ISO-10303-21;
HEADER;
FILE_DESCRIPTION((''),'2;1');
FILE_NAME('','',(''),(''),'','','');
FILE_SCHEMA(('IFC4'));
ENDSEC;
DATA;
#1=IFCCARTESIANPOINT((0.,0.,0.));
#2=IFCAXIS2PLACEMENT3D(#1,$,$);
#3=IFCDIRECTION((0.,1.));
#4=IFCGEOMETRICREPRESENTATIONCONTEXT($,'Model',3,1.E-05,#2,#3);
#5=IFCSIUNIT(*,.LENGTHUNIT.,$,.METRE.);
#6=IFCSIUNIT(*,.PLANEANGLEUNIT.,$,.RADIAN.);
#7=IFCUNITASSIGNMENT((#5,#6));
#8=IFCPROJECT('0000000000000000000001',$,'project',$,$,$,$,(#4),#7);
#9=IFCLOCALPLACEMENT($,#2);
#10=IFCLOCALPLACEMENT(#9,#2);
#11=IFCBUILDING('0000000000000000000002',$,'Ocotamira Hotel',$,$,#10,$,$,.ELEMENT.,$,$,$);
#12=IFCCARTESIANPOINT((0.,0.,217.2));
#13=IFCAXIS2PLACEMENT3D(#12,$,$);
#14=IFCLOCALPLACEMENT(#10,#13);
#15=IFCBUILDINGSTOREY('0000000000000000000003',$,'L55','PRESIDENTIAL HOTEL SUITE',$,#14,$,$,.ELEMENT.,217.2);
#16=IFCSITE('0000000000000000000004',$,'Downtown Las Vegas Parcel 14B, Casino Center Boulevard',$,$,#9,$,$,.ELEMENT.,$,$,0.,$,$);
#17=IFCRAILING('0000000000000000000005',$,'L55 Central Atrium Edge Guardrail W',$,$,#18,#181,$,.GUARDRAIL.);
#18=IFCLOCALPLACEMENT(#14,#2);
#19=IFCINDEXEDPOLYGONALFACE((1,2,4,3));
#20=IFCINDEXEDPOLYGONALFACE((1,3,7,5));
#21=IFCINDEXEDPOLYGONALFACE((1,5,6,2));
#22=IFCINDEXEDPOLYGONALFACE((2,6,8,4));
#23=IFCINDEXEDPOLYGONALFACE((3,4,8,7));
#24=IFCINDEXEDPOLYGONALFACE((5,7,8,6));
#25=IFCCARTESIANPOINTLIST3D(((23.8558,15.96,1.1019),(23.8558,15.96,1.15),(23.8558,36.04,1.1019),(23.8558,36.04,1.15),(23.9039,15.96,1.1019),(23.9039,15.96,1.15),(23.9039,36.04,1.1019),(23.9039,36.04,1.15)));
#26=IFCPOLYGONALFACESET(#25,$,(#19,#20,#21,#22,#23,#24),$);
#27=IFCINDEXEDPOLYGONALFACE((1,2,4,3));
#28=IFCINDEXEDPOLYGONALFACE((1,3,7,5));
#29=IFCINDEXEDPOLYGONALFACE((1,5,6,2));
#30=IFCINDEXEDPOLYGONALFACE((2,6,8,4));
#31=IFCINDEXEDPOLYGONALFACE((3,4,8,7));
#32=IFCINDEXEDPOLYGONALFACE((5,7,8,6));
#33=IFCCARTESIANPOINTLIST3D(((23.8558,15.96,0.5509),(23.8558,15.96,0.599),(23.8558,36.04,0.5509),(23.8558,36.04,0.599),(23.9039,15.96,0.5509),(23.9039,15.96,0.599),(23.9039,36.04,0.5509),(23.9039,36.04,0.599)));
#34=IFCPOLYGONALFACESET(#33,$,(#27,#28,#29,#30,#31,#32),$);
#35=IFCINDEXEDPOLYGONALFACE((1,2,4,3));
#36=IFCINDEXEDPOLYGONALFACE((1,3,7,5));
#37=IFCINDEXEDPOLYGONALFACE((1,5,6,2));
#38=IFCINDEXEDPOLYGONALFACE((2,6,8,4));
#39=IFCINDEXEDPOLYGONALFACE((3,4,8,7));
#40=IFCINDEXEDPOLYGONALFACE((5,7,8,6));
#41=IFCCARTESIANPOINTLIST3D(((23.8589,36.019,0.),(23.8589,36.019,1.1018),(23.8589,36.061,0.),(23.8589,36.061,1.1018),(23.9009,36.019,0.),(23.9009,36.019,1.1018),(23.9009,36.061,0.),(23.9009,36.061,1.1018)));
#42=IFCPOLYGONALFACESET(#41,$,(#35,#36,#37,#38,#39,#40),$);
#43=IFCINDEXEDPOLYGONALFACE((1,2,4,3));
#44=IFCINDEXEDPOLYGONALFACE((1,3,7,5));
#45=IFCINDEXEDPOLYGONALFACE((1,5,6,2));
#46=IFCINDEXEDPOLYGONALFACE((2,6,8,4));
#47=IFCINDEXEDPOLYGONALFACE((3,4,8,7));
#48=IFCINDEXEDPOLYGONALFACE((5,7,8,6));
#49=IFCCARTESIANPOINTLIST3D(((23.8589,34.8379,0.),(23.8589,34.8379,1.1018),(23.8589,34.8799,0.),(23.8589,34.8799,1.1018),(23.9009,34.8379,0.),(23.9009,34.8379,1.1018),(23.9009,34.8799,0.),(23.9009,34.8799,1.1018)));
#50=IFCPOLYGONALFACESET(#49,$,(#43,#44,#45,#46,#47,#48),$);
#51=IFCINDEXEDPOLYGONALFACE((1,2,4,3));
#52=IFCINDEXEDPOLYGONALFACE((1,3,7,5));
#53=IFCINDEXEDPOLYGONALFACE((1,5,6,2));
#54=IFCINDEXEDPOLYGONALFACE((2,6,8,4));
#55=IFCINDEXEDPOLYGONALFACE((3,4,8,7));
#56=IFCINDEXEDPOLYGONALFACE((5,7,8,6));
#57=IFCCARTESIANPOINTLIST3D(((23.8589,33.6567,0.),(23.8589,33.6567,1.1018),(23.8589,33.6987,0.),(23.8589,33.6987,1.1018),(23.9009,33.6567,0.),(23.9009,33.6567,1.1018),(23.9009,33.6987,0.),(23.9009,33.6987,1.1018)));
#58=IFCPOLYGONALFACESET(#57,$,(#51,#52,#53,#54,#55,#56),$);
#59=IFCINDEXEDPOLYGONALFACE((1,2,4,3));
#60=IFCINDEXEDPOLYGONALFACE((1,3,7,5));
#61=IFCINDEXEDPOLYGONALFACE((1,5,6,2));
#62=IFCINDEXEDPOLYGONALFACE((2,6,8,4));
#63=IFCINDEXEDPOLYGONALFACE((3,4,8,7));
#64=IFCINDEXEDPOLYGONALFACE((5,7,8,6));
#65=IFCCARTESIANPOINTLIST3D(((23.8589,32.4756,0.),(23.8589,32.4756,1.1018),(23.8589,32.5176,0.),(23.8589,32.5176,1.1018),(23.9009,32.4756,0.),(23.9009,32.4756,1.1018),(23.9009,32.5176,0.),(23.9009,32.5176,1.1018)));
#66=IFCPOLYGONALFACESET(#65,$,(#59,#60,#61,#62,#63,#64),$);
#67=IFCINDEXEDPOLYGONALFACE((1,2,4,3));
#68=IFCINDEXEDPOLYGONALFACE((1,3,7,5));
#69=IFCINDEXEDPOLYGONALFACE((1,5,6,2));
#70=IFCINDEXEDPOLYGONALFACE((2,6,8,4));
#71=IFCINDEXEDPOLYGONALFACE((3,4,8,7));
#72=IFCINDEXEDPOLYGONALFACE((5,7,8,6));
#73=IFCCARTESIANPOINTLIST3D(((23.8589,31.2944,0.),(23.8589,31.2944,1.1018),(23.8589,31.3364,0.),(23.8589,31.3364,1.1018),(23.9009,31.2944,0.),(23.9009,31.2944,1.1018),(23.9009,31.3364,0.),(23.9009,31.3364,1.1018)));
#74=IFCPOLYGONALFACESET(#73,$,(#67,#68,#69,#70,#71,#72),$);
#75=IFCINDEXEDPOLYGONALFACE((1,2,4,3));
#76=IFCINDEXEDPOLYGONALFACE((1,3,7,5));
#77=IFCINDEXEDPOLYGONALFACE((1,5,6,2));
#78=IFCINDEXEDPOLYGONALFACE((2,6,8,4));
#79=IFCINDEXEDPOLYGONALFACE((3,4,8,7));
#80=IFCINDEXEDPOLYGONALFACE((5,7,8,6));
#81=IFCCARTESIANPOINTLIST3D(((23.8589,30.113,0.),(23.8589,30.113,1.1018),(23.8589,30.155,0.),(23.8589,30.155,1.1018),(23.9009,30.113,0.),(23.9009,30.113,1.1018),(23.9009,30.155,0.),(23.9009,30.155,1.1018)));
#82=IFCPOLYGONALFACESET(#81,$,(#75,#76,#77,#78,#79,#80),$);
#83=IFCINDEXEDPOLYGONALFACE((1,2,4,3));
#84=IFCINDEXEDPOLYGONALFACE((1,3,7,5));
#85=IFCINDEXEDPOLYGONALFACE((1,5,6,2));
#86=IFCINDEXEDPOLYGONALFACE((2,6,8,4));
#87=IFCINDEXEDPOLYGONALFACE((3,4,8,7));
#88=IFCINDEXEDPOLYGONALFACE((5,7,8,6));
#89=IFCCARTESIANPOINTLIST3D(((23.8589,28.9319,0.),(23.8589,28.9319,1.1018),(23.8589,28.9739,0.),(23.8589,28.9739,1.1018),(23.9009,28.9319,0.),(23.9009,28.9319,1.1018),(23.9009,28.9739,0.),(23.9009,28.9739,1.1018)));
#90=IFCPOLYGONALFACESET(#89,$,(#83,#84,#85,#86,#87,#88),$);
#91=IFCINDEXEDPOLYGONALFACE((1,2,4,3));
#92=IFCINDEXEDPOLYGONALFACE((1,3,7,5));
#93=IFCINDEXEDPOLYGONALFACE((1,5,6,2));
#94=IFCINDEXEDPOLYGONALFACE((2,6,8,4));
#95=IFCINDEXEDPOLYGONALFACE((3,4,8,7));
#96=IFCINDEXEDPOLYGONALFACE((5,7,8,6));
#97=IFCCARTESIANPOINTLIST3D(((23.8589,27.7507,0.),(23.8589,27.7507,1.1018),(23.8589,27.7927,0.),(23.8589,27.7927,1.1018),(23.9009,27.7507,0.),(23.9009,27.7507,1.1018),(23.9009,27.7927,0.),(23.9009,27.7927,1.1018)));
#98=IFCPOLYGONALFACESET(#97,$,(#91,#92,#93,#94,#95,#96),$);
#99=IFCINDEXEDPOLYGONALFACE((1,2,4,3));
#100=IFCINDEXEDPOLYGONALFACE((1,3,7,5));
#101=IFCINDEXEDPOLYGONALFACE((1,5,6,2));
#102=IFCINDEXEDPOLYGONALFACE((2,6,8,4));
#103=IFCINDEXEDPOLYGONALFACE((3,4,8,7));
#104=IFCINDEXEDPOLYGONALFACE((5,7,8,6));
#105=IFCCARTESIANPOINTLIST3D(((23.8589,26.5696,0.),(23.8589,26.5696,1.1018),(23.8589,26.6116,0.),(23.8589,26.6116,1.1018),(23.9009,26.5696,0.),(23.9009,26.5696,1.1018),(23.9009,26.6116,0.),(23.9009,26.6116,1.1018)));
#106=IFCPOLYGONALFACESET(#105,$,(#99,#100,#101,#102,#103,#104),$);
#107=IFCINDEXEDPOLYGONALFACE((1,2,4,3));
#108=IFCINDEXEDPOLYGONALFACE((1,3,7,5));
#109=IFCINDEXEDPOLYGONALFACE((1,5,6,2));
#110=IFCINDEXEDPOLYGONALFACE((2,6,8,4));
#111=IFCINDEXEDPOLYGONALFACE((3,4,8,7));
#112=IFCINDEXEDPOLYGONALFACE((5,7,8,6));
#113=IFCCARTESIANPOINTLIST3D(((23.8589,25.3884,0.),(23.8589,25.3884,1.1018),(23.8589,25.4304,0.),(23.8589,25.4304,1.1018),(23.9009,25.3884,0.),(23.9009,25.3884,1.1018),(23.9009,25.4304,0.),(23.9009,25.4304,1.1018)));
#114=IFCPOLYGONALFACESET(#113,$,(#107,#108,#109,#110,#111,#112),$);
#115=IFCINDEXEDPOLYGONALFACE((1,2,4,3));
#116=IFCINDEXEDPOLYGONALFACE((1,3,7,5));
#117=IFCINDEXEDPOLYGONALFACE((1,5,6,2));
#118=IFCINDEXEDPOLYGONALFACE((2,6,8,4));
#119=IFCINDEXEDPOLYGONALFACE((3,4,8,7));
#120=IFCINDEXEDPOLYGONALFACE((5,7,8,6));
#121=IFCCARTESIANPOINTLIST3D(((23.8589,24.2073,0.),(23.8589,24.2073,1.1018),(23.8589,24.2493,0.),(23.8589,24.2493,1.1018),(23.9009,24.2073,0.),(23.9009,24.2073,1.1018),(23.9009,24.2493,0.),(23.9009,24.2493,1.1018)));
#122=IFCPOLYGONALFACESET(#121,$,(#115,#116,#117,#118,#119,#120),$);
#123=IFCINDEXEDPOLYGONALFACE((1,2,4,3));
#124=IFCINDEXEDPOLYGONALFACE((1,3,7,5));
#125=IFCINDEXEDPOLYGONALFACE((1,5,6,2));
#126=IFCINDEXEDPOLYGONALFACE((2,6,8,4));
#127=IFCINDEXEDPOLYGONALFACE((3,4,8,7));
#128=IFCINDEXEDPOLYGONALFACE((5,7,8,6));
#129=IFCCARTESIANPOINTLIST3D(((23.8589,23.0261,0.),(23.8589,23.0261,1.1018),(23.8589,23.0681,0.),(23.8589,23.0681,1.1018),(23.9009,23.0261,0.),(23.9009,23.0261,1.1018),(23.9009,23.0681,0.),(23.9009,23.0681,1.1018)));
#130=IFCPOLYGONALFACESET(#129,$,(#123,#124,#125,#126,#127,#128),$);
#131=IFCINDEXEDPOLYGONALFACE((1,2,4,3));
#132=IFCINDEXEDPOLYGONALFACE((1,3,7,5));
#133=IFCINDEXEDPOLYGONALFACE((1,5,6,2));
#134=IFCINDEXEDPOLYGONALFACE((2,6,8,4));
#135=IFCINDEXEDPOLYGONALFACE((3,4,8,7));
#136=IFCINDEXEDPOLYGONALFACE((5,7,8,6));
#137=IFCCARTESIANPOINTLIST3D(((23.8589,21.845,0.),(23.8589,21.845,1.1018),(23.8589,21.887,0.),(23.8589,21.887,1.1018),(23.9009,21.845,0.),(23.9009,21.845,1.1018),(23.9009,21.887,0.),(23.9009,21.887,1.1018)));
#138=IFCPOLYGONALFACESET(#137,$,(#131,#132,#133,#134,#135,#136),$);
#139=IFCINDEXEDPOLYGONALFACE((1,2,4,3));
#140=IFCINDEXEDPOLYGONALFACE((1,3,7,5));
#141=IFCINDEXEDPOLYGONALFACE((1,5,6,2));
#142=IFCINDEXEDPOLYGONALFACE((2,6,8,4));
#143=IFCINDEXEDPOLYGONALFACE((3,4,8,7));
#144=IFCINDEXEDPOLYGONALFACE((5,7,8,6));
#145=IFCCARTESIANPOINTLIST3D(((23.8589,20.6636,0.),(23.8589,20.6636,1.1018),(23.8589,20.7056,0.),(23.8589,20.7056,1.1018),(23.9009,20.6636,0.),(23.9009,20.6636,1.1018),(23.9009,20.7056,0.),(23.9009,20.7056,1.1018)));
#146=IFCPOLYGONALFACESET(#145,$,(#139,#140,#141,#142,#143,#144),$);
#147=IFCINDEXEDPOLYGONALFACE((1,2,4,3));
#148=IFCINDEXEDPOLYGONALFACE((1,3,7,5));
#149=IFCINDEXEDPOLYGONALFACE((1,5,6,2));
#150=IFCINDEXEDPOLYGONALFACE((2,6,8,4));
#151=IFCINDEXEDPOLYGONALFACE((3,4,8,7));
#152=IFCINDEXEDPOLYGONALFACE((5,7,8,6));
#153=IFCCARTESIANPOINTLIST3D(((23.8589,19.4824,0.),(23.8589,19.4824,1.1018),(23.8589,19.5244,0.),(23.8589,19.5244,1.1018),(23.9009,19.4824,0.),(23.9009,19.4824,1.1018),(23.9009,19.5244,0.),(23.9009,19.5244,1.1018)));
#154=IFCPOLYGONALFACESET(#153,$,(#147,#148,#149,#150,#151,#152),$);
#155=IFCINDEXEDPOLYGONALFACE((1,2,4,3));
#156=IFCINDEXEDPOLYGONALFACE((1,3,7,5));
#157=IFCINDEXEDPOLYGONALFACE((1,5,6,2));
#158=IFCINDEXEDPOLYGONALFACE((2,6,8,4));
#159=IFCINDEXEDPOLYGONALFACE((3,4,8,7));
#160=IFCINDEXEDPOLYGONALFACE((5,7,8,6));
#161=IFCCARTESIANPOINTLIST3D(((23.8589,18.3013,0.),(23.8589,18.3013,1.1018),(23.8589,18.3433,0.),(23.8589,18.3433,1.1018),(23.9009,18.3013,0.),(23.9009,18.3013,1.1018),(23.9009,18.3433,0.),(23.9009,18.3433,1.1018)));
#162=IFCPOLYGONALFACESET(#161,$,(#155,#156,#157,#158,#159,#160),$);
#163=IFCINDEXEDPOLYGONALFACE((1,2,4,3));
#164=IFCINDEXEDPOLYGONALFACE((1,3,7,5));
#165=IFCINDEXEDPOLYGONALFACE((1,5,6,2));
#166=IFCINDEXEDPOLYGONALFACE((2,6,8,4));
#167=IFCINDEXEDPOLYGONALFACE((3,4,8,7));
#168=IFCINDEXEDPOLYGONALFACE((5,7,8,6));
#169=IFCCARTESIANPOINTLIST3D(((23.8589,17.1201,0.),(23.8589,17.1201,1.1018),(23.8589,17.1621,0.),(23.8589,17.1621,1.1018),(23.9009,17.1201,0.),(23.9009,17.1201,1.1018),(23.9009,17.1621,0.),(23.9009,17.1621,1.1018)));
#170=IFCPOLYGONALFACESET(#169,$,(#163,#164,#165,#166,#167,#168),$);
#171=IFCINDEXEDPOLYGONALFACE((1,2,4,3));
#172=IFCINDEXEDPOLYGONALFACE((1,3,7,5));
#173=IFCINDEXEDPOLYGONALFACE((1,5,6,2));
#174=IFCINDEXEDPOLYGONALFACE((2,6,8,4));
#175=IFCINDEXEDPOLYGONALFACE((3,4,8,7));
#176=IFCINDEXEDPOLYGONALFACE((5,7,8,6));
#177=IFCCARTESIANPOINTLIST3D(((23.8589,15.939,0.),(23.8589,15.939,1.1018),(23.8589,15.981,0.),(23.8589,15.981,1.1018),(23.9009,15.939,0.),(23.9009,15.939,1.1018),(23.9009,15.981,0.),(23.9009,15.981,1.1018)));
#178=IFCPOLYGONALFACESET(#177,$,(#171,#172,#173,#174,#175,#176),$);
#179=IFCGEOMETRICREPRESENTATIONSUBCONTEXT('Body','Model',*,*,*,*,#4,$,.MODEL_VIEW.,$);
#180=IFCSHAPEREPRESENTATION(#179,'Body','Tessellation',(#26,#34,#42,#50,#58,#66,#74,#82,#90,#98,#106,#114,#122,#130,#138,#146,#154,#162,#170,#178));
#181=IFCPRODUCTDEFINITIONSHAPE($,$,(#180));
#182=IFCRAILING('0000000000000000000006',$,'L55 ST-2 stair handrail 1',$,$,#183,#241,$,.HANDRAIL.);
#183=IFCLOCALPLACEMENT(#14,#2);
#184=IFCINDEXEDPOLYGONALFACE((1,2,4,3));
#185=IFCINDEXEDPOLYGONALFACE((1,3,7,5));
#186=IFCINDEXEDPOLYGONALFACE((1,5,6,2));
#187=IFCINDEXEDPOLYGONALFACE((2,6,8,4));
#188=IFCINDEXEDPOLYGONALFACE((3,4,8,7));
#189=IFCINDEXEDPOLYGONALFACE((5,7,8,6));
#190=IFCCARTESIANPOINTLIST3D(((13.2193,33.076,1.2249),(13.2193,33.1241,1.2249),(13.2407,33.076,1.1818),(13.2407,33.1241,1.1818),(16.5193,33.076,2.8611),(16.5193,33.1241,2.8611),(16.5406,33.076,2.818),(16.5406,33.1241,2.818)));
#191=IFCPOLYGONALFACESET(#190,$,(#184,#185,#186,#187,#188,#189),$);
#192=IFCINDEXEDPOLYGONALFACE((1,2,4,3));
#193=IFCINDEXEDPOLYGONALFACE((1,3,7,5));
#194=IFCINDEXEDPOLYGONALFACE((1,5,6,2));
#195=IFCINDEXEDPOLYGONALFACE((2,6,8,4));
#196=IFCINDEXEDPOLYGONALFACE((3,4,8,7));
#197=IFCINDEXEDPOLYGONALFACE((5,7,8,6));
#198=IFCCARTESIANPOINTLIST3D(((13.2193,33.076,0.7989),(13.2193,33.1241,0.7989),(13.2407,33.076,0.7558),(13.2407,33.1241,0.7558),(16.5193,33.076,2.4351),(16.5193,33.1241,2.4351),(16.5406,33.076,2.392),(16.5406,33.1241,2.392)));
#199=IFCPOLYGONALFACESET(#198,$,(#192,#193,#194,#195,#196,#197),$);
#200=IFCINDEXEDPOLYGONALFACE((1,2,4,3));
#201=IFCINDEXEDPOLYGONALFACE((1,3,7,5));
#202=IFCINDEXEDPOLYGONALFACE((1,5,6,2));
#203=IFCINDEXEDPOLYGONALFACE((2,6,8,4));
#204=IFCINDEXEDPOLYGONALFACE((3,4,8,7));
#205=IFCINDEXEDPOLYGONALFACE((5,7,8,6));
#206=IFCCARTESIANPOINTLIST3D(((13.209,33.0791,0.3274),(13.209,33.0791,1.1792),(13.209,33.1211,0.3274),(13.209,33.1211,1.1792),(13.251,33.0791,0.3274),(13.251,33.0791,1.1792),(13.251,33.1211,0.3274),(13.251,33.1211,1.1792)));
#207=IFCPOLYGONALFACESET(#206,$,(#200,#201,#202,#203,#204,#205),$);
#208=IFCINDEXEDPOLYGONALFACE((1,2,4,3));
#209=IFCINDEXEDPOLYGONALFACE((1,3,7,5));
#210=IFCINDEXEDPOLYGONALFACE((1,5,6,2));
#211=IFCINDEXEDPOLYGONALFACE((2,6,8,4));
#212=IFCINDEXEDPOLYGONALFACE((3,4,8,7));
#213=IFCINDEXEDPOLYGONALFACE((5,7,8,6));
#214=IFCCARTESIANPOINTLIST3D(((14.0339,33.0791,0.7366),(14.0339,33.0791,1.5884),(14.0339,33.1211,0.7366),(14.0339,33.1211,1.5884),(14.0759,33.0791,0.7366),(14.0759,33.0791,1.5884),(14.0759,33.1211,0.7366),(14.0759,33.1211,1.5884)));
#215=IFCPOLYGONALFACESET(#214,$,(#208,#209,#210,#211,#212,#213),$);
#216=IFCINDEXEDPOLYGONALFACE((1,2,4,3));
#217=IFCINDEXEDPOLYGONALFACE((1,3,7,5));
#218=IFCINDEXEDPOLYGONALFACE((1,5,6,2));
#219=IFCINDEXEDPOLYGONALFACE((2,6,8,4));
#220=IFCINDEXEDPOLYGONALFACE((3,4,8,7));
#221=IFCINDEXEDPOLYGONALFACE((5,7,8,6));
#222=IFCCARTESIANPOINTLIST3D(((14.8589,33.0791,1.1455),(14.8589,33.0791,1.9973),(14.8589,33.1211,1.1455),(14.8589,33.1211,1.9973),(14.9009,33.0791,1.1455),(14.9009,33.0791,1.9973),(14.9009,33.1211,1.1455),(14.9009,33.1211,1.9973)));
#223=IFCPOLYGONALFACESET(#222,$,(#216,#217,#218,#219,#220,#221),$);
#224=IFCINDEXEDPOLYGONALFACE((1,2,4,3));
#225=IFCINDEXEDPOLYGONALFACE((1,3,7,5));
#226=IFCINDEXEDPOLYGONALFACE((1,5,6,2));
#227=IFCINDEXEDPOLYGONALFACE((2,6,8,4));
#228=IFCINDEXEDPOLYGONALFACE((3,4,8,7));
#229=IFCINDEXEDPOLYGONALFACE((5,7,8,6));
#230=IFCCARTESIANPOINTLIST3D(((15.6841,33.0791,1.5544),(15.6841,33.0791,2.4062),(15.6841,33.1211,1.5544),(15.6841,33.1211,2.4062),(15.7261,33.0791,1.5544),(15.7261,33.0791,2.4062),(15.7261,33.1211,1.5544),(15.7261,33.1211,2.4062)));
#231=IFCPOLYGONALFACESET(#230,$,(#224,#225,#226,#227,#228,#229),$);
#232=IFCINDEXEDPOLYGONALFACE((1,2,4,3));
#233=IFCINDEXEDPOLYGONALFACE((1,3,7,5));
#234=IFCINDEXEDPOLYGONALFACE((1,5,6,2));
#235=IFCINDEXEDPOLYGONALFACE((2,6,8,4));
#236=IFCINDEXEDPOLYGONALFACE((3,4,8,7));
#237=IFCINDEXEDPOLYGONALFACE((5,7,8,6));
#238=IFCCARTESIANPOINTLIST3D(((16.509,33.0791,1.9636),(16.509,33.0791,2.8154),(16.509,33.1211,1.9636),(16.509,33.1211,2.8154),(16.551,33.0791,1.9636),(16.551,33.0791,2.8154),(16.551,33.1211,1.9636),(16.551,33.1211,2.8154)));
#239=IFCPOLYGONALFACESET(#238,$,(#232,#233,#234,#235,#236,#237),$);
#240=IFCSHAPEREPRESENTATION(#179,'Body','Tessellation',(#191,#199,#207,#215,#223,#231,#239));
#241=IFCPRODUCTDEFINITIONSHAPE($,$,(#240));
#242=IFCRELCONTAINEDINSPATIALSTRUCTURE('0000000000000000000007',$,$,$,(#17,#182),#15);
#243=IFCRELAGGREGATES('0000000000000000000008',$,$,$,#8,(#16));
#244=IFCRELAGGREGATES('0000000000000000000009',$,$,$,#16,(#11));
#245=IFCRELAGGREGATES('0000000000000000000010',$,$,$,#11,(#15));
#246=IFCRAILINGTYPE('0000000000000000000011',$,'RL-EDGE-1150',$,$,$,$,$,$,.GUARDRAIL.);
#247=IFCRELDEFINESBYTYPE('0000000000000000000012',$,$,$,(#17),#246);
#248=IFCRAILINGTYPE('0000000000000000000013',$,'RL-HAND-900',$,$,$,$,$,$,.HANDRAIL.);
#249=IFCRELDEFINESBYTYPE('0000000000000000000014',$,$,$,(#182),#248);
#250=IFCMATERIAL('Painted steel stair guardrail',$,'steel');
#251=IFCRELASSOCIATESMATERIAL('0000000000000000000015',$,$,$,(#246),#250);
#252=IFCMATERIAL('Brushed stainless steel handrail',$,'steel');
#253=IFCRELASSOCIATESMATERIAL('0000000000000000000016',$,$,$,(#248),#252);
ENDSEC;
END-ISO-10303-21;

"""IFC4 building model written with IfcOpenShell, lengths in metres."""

from ifc_helpers import new_model, si_unit, direction, frame, origin, origin_2d, place, context, subcontext, project, spatial, rectangle, extrude, material, type_object, element, save


model = new_model("IFC4")

# Units and contexts
model_context = context("Model", 3, precision=1e-05, world=origin(), true_north=direction((0.0, 1.0)))
body_context = subcontext(model_context, "Body", "Model", "MODEL_VIEW")
ifc_project = project(units=[si_unit("LENGTHUNIT", "METRE"), si_unit("PLANEANGLEUNIT", "RADIAN")], contexts=[model_context])

# Site, building, storey
site_placement = place(None, origin())
site = spatial("IfcSite", under=ifc_project, at=site_placement, Name="Downtown Las Vegas Parcel 14B, Casino Center Boulevard", CompositionType="ELEMENT", RefElevation=0.0)
building_placement = place(site_placement, origin())
building = spatial("IfcBuilding", under=site, at=building_placement, Name="Ocotamira Hotel", CompositionType="ELEMENT")
storey_placement = place(building_placement, frame((0.0, 0.0, 217.2)))
storey = spatial("IfcBuildingStorey", under=building, at=storey_placement, Name="L55", Description="PRESIDENTIAL HOTEL SUITE", CompositionType="ELEMENT", Elevation=217.2)

# Railings
ifc_material_1 = material(Name="Painted steel stair guardrail", Category="steel")
railing_type_1 = type_object("IfcRailingType", Name="RL-EDGE-1150", PredefinedType="GUARDRAIL", material=ifc_material_1)
railing_1_placement = place(storey_placement, frame((23.8799, 36.04, 0.0)))
element("IfcRailing", 1, at=railing_1_placement, inside=storey, type_object=railing_type_1, Name="L55 Central Atrium Edge Guardrail W", PredefinedType="GUARDRAIL", context=body_context, shape_type="SweptSolid", body=[
    extrude(rectangle(XDim=0.0481, YDim=0.0481, at=origin_2d()), frame((0.0, 0.0, 1.126), z_axis=(0.0, -1.0, 0.0), x_axis=(1.0, 0.0, 0.0)), (0.0, 0.0, 1.0), 20.0801),
    extrude(rectangle(XDim=0.0481, YDim=0.0481, at=origin_2d()), frame((0.0, 0.0, 0.575), z_axis=(0.0, -1.0, 0.0), x_axis=(1.0, 0.0, 0.0)), (0.0, 0.0, 1.0), 20.0801),
    extrude(rectangle(XDim=0.042, YDim=0.042, at=origin_2d()), origin(), (0.0, 0.0, 1.0), 1.1018),
    extrude(rectangle(XDim=0.042, YDim=0.042, at=origin_2d()), frame((0.0, -1.1812, 0.0)), (0.0, 0.0, 1.0), 1.1018),
    extrude(rectangle(XDim=0.042, YDim=0.042, at=origin_2d()), frame((0.0, -2.3623, 0.0)), (0.0, 0.0, 1.0), 1.1018),
    extrude(rectangle(XDim=0.042, YDim=0.042, at=origin_2d()), frame((0.0, -3.5435, 0.0)), (0.0, 0.0, 1.0), 1.1018),
    extrude(rectangle(XDim=0.042, YDim=0.042, at=origin_2d()), frame((0.0, -4.7246, 0.0)), (0.0, 0.0, 1.0), 1.1018),
    extrude(rectangle(XDim=0.042, YDim=0.042, at=origin_2d()), frame((0.0, -5.906, 0.0)), (0.0, 0.0, 1.0), 1.1018),
    extrude(rectangle(XDim=0.042, YDim=0.042, at=origin_2d()), frame((0.0, -7.0872, 0.0)), (0.0, 0.0, 1.0), 1.1018),
    extrude(rectangle(XDim=0.042, YDim=0.042, at=origin_2d()), frame((0.0, -8.2683, 0.0)), (0.0, 0.0, 1.0), 1.1018),
    extrude(rectangle(XDim=0.042, YDim=0.042, at=origin_2d()), frame((0.0, -9.4495, 0.0)), (0.0, 0.0, 1.0), 1.1018),
    extrude(rectangle(XDim=0.042, YDim=0.042, at=origin_2d()), frame((0.0, -10.6306, 0.0)), (0.0, 0.0, 1.0), 1.1018),
    extrude(rectangle(XDim=0.042, YDim=0.042, at=origin_2d()), frame((0.0, -11.8118, 0.0)), (0.0, 0.0, 1.0), 1.1018),
    extrude(rectangle(XDim=0.042, YDim=0.042, at=origin_2d()), frame((0.0, -12.9929, 0.0)), (0.0, 0.0, 1.0), 1.1018),
    extrude(rectangle(XDim=0.042, YDim=0.042, at=origin_2d()), frame((0.0, -14.1741, 0.0)), (0.0, 0.0, 1.0), 1.1018),
    extrude(rectangle(XDim=0.042, YDim=0.042, at=origin_2d()), frame((0.0, -15.3555, 0.0)), (0.0, 0.0, 1.0), 1.1018),
    extrude(rectangle(XDim=0.042, YDim=0.042, at=origin_2d()), frame((0.0, -16.5366, 0.0)), (0.0, 0.0, 1.0), 1.1018),
    extrude(rectangle(XDim=0.042, YDim=0.042, at=origin_2d()), frame((0.0, -17.7178, 0.0)), (0.0, 0.0, 1.0), 1.1018),
    extrude(rectangle(XDim=0.042, YDim=0.042, at=origin_2d()), frame((0.0, -18.8989, 0.0)), (0.0, 0.0, 1.0), 1.1018),
    extrude(rectangle(XDim=0.042, YDim=0.042, at=origin_2d()), frame((0.0, -20.0801, 0.0)), (0.0, 0.0, 1.0), 1.1018),
])
ifc_material_2 = material(Name="Brushed stainless steel handrail", Category="steel")
railing_type_2 = type_object("IfcRailingType", Name="RL-HAND-900", PredefinedType="HANDRAIL", material=ifc_material_2)
railing_2_placement = place(storey_placement, frame((13.23, 33.1001, 0.3274)))
element("IfcRailing", 2, at=railing_2_placement, inside=storey, type_object=railing_type_2, Name="L55 ST-2 stair handrail 1", PredefinedType="HANDRAIL", context=body_context, shape_type="SweptSolid", body=[
    extrude(rectangle(XDim=0.0481, YDim=0.0481, at=origin_2d()), frame((0.0, 0.0, 0.876), z_axis=(0.89592, 0.0, 0.444215), x_axis=(0.0, 1.0, 0.0)), (0.0, 0.0, 1.0), 3.6833),
    extrude(rectangle(XDim=0.0481, YDim=0.0481, at=origin_2d()), frame((0.0, 0.0, 0.45), z_axis=(0.89592, 0.0, 0.444215), x_axis=(0.0, 1.0, 0.0)), (0.0, 0.0, 1.0), 3.6833),
    extrude(rectangle(XDim=0.042, YDim=0.042, at=origin_2d()), origin(), (0.0, 0.0, 1.0), 0.8518),
    extrude(rectangle(XDim=0.042, YDim=0.042, at=origin_2d()), frame((0.825, 0.0, 0.4092)), (0.0, 0.0, 1.0), 0.8518),
    extrude(rectangle(XDim=0.042, YDim=0.042, at=origin_2d()), frame((1.6499, 0.0, 0.8181)), (0.0, 0.0, 1.0), 0.8518),
    extrude(rectangle(XDim=0.042, YDim=0.042, at=origin_2d()), frame((2.4751, 0.0, 1.2271)), (0.0, 0.0, 1.0), 0.8518),
    extrude(rectangle(XDim=0.042, YDim=0.042, at=origin_2d()), frame((3.3, 0.0, 1.6362)), (0.0, 0.0, 1.0), 0.8518),
])

save(model, "model.ifc")
